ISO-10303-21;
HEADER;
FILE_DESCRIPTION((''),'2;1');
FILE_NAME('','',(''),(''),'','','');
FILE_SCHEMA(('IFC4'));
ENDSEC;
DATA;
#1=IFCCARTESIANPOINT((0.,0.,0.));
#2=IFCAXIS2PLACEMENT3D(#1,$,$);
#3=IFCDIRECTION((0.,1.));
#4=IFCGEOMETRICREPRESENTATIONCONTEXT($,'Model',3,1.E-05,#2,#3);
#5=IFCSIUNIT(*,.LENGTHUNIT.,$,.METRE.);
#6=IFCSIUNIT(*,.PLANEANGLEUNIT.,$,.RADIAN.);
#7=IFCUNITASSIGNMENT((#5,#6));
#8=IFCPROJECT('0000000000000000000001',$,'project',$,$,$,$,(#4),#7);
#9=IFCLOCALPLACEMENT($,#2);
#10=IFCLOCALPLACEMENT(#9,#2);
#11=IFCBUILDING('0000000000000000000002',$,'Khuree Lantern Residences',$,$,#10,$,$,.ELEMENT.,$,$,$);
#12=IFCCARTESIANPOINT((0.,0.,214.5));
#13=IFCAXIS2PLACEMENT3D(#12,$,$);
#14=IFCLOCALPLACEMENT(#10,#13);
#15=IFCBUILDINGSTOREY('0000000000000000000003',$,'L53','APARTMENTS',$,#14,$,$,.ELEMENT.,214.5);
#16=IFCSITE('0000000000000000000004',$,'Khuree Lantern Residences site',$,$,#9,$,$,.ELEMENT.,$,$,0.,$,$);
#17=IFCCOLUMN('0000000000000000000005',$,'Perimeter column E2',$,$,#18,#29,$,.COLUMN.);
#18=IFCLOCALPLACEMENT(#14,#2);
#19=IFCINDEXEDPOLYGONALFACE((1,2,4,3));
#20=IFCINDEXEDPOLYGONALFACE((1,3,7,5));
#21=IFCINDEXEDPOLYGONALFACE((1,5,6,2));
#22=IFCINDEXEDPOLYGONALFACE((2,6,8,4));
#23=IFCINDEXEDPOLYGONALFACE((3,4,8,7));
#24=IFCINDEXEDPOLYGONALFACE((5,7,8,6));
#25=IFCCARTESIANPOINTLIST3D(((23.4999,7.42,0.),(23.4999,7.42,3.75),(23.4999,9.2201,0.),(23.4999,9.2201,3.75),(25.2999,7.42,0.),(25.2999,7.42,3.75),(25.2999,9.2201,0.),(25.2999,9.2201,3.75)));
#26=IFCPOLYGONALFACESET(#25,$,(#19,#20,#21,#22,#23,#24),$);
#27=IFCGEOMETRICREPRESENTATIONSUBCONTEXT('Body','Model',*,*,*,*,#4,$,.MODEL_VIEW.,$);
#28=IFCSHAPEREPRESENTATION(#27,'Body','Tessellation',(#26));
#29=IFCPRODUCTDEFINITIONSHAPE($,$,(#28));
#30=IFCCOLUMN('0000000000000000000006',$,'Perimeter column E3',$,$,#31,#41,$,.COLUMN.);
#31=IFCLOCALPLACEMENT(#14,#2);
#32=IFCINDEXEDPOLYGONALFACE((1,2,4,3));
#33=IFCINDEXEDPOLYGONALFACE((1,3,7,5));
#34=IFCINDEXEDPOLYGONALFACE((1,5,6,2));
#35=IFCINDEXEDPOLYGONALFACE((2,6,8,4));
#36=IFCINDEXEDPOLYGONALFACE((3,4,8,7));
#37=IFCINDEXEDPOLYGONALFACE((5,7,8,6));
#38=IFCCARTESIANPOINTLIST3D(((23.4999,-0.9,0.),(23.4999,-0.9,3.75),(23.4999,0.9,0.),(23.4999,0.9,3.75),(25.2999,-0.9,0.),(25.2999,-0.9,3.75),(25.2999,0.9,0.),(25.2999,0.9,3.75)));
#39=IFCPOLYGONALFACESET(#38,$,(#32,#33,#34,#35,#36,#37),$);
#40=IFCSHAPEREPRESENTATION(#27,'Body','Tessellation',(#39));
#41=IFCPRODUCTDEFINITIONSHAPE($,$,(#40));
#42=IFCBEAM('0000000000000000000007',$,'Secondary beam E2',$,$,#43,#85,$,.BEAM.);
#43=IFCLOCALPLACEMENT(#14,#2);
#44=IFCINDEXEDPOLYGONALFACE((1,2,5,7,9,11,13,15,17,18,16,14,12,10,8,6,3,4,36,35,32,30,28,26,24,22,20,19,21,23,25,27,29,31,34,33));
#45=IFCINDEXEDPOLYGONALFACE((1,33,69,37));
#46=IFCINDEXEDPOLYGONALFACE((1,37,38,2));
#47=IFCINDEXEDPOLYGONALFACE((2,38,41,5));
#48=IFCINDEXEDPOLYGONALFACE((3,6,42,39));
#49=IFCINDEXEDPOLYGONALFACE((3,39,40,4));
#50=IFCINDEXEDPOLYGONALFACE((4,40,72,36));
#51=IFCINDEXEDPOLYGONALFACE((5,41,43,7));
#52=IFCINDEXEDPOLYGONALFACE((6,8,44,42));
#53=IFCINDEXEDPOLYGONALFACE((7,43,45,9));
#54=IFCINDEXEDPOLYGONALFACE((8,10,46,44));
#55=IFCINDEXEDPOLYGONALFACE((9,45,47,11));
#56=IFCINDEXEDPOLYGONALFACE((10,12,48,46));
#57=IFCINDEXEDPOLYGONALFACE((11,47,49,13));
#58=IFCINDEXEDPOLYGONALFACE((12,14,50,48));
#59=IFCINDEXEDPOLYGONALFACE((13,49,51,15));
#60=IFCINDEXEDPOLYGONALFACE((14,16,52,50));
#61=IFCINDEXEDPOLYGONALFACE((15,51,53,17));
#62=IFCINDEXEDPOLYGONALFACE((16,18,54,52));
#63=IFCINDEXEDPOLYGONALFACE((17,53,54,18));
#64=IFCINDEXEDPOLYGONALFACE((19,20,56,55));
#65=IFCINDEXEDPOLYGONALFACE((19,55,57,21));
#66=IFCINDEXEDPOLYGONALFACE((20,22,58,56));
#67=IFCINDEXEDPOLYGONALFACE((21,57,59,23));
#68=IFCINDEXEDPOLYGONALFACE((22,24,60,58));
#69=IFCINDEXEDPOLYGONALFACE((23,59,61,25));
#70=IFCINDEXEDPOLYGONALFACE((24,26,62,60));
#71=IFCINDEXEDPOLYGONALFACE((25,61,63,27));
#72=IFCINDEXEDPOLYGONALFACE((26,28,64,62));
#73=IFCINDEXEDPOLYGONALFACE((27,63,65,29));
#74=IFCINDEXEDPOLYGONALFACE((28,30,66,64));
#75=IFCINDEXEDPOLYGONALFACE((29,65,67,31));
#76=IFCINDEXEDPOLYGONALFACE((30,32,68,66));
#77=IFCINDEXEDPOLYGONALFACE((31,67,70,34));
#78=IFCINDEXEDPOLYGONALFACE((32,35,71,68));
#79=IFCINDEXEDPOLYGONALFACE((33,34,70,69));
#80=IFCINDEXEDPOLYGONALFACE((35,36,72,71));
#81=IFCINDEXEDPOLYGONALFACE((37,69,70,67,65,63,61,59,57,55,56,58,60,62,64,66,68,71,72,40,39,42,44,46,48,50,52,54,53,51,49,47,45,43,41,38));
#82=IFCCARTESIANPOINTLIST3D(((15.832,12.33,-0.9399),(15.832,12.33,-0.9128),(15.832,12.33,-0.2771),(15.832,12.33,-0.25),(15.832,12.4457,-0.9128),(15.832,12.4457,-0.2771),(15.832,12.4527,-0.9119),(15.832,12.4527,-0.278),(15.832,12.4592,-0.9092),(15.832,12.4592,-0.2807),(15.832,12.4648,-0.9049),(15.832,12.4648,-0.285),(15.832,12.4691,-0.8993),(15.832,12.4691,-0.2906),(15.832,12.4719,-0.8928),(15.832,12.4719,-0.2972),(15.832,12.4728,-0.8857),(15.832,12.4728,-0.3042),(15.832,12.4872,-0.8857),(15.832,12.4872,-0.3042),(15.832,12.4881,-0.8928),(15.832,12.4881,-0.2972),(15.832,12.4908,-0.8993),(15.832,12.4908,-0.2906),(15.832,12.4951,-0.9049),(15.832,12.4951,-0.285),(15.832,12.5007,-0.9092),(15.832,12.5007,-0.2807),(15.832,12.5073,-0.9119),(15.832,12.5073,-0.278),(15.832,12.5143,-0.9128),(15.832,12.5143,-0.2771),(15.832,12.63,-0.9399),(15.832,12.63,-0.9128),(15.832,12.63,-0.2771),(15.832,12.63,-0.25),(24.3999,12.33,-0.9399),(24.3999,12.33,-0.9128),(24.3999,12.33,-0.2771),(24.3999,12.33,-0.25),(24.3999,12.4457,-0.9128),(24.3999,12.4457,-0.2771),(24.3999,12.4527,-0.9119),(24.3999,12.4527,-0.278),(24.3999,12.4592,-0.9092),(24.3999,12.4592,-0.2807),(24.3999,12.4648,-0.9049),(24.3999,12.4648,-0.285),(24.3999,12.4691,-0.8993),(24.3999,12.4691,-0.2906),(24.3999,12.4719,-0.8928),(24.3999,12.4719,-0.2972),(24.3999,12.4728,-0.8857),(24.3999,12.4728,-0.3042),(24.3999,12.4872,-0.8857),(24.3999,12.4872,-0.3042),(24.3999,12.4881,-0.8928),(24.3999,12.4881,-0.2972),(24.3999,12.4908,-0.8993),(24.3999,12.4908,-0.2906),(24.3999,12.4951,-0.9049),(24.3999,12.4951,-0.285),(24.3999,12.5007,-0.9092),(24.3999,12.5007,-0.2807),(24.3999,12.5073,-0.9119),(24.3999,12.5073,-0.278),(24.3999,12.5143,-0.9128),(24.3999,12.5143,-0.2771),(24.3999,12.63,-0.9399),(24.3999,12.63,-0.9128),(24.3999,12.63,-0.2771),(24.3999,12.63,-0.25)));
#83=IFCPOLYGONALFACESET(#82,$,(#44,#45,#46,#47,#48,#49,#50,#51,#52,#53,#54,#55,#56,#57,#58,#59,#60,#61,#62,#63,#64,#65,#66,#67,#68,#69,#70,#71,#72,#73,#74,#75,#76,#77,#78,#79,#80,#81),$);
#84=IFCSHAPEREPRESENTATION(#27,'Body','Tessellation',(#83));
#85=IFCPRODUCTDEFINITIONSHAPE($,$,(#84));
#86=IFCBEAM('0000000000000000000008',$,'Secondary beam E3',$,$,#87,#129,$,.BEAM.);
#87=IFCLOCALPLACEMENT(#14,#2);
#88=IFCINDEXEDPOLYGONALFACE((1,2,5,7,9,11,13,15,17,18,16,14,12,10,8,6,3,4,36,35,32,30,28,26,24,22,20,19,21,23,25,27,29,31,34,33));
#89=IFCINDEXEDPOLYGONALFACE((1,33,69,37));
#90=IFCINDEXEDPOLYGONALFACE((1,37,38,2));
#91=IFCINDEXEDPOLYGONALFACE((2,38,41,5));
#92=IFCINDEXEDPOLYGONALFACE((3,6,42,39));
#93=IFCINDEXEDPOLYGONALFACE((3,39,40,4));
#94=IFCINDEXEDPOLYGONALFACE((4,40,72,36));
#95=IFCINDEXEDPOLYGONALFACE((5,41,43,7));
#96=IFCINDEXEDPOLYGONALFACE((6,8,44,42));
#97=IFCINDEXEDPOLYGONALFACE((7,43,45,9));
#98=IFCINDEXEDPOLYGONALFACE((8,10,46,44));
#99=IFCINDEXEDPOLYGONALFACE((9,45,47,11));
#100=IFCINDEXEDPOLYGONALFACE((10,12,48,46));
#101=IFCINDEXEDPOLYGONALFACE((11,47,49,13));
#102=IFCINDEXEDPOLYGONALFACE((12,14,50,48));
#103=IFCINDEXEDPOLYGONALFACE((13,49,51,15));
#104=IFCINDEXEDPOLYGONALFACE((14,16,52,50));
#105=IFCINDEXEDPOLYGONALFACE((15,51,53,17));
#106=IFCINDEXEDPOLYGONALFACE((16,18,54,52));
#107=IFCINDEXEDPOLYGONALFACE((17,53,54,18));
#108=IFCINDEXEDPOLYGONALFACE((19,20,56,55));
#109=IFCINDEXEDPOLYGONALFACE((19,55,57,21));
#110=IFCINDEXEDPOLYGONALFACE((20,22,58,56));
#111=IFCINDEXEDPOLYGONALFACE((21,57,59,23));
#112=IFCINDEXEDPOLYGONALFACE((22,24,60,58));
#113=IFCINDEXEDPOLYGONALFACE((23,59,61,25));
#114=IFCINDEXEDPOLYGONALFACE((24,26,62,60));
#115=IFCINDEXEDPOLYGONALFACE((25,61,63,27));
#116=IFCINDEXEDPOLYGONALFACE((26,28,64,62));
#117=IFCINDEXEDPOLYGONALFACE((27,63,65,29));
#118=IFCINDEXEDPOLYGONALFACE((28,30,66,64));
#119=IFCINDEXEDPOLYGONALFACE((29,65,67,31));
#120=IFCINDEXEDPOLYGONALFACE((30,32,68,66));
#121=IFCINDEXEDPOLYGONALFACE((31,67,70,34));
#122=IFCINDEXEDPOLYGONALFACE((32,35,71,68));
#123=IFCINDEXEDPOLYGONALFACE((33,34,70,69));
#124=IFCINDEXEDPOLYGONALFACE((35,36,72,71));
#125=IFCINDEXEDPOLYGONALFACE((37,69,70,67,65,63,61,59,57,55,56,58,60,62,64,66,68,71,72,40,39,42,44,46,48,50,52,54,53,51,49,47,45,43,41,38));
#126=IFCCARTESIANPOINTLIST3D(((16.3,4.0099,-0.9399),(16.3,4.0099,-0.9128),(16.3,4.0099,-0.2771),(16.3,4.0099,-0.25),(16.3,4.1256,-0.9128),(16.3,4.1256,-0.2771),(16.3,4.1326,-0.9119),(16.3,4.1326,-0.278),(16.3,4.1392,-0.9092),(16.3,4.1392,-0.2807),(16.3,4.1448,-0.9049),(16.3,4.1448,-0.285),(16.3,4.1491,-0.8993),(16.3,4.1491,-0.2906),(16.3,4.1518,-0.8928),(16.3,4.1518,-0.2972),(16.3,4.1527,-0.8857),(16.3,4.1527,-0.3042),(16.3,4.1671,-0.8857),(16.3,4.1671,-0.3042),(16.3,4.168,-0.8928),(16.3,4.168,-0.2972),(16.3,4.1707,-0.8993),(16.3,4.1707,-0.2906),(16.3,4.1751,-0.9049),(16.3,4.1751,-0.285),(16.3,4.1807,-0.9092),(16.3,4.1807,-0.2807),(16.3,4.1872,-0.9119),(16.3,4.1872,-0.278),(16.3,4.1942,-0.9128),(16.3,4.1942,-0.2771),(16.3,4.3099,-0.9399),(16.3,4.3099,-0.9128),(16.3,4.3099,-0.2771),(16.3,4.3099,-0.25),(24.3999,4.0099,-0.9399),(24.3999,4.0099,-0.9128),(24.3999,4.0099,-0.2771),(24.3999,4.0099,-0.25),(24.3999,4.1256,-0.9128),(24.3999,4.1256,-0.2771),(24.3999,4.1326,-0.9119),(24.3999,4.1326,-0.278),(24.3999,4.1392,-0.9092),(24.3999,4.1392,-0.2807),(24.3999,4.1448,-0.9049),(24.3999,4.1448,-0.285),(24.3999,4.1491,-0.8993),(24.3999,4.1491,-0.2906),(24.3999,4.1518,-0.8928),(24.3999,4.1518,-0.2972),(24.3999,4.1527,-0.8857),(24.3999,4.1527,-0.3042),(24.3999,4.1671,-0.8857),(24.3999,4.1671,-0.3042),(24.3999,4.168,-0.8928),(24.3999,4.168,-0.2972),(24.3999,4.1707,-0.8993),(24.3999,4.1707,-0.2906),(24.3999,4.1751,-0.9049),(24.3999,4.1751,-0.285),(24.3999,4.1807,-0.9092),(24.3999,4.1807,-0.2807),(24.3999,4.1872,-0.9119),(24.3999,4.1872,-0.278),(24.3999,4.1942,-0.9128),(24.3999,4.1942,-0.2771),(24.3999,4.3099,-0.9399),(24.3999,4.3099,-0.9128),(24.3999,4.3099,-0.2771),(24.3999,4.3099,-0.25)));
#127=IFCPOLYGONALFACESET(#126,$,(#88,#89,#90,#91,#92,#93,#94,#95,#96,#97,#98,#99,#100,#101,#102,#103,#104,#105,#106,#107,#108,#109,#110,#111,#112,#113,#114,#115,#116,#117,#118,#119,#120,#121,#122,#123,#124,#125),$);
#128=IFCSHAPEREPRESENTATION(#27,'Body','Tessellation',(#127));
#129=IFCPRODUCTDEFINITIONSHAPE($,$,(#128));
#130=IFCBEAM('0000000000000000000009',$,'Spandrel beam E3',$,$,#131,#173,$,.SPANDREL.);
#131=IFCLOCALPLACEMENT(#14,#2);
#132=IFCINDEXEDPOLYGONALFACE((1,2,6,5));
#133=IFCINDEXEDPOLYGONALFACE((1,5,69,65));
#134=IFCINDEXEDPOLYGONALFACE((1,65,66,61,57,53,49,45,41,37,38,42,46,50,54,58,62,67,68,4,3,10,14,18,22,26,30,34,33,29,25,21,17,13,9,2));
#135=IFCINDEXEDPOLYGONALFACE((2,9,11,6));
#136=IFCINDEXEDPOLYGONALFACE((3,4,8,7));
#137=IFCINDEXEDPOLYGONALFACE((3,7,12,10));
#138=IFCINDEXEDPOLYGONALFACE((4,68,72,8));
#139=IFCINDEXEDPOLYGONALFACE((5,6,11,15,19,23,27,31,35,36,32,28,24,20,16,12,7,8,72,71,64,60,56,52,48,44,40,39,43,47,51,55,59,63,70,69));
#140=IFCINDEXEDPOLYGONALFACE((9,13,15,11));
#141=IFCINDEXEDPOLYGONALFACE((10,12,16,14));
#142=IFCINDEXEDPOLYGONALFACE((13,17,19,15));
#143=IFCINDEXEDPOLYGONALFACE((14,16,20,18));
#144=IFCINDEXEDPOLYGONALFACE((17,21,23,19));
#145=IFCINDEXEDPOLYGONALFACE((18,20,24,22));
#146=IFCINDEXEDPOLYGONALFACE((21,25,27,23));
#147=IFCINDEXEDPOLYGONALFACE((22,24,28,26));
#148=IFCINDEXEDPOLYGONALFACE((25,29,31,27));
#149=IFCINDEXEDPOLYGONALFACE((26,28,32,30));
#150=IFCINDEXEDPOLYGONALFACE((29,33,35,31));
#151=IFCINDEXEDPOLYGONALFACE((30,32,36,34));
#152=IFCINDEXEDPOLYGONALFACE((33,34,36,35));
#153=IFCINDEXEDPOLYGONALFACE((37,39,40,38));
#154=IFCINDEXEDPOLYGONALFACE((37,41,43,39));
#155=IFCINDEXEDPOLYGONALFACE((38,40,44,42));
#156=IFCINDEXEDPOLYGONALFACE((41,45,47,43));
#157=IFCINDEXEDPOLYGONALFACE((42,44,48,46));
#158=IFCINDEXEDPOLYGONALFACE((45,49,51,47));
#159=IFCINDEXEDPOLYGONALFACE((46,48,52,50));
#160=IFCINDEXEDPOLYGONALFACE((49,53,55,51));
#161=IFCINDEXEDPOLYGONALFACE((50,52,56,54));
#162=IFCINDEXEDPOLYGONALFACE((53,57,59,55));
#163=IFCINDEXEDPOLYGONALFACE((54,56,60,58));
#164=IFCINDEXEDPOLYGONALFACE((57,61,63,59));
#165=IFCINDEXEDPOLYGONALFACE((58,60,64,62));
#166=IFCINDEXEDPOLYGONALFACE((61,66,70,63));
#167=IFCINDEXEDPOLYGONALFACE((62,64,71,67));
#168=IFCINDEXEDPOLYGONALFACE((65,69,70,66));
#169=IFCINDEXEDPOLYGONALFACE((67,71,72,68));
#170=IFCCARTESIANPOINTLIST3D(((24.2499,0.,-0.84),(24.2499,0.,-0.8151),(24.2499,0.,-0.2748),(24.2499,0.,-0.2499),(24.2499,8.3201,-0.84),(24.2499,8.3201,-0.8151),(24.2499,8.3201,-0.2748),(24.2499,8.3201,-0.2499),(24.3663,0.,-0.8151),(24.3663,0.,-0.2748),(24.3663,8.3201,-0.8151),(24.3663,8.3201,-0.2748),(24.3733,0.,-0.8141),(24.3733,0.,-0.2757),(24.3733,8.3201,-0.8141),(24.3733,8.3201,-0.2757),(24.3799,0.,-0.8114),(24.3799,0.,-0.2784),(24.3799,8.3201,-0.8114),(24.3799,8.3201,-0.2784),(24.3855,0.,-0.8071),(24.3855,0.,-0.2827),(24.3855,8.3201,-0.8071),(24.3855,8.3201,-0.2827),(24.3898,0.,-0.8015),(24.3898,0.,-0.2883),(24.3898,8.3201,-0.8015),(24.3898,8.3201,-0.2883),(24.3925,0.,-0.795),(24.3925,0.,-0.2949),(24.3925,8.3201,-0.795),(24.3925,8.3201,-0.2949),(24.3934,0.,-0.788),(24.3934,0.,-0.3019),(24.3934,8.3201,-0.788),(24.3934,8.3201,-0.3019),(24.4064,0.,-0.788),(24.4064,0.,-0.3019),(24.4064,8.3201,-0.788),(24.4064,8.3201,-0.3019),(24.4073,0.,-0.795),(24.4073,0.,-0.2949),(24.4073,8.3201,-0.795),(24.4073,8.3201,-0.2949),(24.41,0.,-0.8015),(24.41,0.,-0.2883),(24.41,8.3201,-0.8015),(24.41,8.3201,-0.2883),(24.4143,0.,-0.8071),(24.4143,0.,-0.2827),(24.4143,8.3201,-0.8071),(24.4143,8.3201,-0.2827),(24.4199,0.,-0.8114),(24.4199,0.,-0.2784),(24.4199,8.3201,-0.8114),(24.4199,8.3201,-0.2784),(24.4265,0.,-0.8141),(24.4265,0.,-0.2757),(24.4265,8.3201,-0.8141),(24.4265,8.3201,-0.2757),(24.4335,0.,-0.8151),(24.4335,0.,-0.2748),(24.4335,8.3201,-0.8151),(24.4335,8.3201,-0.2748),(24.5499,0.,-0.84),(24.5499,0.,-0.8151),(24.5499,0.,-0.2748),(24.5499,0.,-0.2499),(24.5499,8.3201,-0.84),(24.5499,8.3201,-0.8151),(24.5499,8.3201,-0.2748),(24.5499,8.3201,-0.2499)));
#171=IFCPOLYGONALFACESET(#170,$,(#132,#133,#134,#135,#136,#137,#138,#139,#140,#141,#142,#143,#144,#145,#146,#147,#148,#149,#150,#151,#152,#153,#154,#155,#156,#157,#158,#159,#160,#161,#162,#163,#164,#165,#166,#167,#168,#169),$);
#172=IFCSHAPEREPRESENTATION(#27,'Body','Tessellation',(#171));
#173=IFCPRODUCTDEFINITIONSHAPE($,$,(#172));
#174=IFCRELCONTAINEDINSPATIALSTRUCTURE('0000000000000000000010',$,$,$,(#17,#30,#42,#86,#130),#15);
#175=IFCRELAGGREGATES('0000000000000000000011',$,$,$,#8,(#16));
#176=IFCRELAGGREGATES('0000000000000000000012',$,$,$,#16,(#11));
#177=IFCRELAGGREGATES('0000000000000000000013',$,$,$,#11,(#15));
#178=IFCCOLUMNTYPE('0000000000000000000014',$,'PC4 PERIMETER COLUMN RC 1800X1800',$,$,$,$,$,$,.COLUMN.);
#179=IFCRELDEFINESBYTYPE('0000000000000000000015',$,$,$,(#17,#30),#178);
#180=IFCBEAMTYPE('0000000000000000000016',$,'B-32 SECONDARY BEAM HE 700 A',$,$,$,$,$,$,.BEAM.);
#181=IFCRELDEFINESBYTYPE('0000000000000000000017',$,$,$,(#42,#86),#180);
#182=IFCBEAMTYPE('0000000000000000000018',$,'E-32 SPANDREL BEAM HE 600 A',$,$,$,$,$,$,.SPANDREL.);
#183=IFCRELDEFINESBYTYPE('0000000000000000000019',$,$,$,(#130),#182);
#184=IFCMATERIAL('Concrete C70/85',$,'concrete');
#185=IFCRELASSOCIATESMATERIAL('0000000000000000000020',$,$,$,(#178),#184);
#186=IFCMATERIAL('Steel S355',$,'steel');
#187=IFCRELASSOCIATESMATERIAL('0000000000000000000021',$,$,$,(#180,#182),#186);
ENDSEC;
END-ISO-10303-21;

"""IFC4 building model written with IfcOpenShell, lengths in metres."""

from ifc_helpers import new_model, si_unit, direction, frame, origin, origin_2d, place, context, subcontext, project, spatial, rectangle, i_section, extrude, material, material_profile, profile_set, type_object, element, save


model = new_model("IFC4")

# Units and contexts
model_context = context("Model", 3, precision=1e-05, world=origin(), true_north=direction((0.0, 1.0)))
body_context = subcontext(model_context, "Body", "Model", "MODEL_VIEW")
ifc_project = project(units=[si_unit("LENGTHUNIT", "METRE"), si_unit("PLANEANGLEUNIT", "RADIAN")], contexts=[model_context])

# Site, building, storey
site_placement = place(None, origin())
site = spatial("IfcSite", under=ifc_project, at=site_placement, Name="Khuree Lantern Residences site", CompositionType="ELEMENT", RefElevation=0.0)
building_placement = place(site_placement, origin())
building = spatial("IfcBuilding", under=site, at=building_placement, Name="Khuree Lantern Residences", CompositionType="ELEMENT")
storey_placement = place(building_placement, frame((0.0, 0.0, 214.5)))
storey = spatial("IfcBuildingStorey", under=building, at=storey_placement, Name="L53", Description="APARTMENTS", CompositionType="ELEMENT", Elevation=214.5)

# Columns
ifc_material_1 = material(Name="Concrete C70/85", Category="concrete")
ifc_material_profile_1 = material_profile(ifc_material_1, rectangle(XDim=1.8, YDim=1.8, at=origin_2d()), Name="RC 1800X1800")
ifc_profile_set_1 = profile_set([ifc_material_profile_1], Name="Concrete C70/85")
column_type = type_object("IfcColumnType", Name="PC4 PERIMETER COLUMN RC 1800X1800", PredefinedType="COLUMN", material=ifc_profile_set_1)
for number, where, z_axis, x_axis, name in (
    (1, (24.3999, 8.3201, 0.0), (0.0, 0.0, 1.0), (0.0, 1.0, 0.0), "Perimeter column E2"),
    (2, (24.3999, 0.0, 0.0), (0.0, 0.0, 1.0), (0.0, 1.0, 0.0), "Perimeter column E3"),
):
    element("IfcColumn", number, at=place(storey_placement, frame(where, z_axis=z_axis, x_axis=x_axis)), inside=storey, type_object=column_type, Name=name, PredefinedType="COLUMN", context=body_context, shape_type="SweptSolid", body=[
        extrude(rectangle(XDim=1.8, YDim=1.8, at=origin_2d()), origin(), (0.0, 0.0, 1.0), 3.75),
    ])

# Beams
ifc_material_2 = material(Name="Steel S355", Category="steel")
ifc_material_profile_2 = material_profile(ifc_material_2, i_section(OverallWidth=0.3, OverallDepth=0.6899, WebThickness=0.0144, FlangeThickness=0.0271, FilletRadius=0.0271, at=origin_2d()), Name="HE 700 A")
ifc_profile_set_2 = profile_set([ifc_material_profile_2], Name="Steel S355")
beam_type_1 = type_object("IfcBeamType", Name="B-32 SECONDARY BEAM HE 700 A", PredefinedType="BEAM", material=ifc_profile_set_2)
beam_1_placement = place(storey_placement, frame((24.3999, 12.48, -0.595), z_axis=(-1.0, 0.0, 0.0), x_axis=(0.0, -1.0, 0.0)))
element("IfcBeam", 3, at=beam_1_placement, inside=storey, type_object=beam_type_1, Name="Secondary beam E2", PredefinedType="BEAM", context=body_context, shape_type="SweptSolid", body=[
    extrude(i_section(OverallWidth=0.3, OverallDepth=0.6899, WebThickness=0.0144, FlangeThickness=0.0271, FilletRadius=0.0271, at=origin_2d()), origin(), (0.0, 0.0, 1.0), 8.5679),
])
beam_2_placement = place(storey_placement, frame((24.3999, 4.1599, -0.595), z_axis=(-1.0, 0.0, 0.0), x_axis=(0.0, -1.0, 0.0)))
element("IfcBeam", 4, at=beam_2_placement, inside=storey, type_object=beam_type_1, Name="Secondary beam E3", PredefinedType="BEAM", context=body_context, shape_type="SweptSolid", body=[
    extrude(i_section(OverallWidth=0.3, OverallDepth=0.6899, WebThickness=0.0144, FlangeThickness=0.0271, FilletRadius=0.0271, at=origin_2d()), origin(), (0.0, 0.0, 1.0), 8.0999),
])
ifc_material_profile_3 = material_profile(ifc_material_2, i_section(OverallWidth=0.3, OverallDepth=0.5901, WebThickness=0.0129, FlangeThickness=0.0249, FilletRadius=0.0271, at=origin_2d()), Name="HE 600 A")
ifc_profile_set_3 = profile_set([ifc_material_profile_3], Name="Steel S355")
beam_type_2 = type_object("IfcBeamType", Name="E-32 SPANDREL BEAM HE 600 A", PredefinedType="SPANDREL", material=ifc_profile_set_3)
for number, where, z_axis, x_axis, name in (
    (5, (24.3999, 8.3201, -0.5449), (0.0, -1.0, 0.0), (1.0, 0.0, 0.0), "Spandrel beam E3"),
):
    element("IfcBeam", number, at=place(storey_placement, frame(where, z_axis=z_axis, x_axis=x_axis)), inside=storey, type_object=beam_type_2, Name=name, PredefinedType="SPANDREL", context=body_context, shape_type="SweptSolid", body=[
        extrude(i_section(OverallWidth=0.3, OverallDepth=0.5901, WebThickness=0.0129, FlangeThickness=0.0249, FilletRadius=0.0271, at=origin_2d()), origin(), (0.0, 0.0, 1.0), 8.3201),
    ])

save(model, "model.ifc")
